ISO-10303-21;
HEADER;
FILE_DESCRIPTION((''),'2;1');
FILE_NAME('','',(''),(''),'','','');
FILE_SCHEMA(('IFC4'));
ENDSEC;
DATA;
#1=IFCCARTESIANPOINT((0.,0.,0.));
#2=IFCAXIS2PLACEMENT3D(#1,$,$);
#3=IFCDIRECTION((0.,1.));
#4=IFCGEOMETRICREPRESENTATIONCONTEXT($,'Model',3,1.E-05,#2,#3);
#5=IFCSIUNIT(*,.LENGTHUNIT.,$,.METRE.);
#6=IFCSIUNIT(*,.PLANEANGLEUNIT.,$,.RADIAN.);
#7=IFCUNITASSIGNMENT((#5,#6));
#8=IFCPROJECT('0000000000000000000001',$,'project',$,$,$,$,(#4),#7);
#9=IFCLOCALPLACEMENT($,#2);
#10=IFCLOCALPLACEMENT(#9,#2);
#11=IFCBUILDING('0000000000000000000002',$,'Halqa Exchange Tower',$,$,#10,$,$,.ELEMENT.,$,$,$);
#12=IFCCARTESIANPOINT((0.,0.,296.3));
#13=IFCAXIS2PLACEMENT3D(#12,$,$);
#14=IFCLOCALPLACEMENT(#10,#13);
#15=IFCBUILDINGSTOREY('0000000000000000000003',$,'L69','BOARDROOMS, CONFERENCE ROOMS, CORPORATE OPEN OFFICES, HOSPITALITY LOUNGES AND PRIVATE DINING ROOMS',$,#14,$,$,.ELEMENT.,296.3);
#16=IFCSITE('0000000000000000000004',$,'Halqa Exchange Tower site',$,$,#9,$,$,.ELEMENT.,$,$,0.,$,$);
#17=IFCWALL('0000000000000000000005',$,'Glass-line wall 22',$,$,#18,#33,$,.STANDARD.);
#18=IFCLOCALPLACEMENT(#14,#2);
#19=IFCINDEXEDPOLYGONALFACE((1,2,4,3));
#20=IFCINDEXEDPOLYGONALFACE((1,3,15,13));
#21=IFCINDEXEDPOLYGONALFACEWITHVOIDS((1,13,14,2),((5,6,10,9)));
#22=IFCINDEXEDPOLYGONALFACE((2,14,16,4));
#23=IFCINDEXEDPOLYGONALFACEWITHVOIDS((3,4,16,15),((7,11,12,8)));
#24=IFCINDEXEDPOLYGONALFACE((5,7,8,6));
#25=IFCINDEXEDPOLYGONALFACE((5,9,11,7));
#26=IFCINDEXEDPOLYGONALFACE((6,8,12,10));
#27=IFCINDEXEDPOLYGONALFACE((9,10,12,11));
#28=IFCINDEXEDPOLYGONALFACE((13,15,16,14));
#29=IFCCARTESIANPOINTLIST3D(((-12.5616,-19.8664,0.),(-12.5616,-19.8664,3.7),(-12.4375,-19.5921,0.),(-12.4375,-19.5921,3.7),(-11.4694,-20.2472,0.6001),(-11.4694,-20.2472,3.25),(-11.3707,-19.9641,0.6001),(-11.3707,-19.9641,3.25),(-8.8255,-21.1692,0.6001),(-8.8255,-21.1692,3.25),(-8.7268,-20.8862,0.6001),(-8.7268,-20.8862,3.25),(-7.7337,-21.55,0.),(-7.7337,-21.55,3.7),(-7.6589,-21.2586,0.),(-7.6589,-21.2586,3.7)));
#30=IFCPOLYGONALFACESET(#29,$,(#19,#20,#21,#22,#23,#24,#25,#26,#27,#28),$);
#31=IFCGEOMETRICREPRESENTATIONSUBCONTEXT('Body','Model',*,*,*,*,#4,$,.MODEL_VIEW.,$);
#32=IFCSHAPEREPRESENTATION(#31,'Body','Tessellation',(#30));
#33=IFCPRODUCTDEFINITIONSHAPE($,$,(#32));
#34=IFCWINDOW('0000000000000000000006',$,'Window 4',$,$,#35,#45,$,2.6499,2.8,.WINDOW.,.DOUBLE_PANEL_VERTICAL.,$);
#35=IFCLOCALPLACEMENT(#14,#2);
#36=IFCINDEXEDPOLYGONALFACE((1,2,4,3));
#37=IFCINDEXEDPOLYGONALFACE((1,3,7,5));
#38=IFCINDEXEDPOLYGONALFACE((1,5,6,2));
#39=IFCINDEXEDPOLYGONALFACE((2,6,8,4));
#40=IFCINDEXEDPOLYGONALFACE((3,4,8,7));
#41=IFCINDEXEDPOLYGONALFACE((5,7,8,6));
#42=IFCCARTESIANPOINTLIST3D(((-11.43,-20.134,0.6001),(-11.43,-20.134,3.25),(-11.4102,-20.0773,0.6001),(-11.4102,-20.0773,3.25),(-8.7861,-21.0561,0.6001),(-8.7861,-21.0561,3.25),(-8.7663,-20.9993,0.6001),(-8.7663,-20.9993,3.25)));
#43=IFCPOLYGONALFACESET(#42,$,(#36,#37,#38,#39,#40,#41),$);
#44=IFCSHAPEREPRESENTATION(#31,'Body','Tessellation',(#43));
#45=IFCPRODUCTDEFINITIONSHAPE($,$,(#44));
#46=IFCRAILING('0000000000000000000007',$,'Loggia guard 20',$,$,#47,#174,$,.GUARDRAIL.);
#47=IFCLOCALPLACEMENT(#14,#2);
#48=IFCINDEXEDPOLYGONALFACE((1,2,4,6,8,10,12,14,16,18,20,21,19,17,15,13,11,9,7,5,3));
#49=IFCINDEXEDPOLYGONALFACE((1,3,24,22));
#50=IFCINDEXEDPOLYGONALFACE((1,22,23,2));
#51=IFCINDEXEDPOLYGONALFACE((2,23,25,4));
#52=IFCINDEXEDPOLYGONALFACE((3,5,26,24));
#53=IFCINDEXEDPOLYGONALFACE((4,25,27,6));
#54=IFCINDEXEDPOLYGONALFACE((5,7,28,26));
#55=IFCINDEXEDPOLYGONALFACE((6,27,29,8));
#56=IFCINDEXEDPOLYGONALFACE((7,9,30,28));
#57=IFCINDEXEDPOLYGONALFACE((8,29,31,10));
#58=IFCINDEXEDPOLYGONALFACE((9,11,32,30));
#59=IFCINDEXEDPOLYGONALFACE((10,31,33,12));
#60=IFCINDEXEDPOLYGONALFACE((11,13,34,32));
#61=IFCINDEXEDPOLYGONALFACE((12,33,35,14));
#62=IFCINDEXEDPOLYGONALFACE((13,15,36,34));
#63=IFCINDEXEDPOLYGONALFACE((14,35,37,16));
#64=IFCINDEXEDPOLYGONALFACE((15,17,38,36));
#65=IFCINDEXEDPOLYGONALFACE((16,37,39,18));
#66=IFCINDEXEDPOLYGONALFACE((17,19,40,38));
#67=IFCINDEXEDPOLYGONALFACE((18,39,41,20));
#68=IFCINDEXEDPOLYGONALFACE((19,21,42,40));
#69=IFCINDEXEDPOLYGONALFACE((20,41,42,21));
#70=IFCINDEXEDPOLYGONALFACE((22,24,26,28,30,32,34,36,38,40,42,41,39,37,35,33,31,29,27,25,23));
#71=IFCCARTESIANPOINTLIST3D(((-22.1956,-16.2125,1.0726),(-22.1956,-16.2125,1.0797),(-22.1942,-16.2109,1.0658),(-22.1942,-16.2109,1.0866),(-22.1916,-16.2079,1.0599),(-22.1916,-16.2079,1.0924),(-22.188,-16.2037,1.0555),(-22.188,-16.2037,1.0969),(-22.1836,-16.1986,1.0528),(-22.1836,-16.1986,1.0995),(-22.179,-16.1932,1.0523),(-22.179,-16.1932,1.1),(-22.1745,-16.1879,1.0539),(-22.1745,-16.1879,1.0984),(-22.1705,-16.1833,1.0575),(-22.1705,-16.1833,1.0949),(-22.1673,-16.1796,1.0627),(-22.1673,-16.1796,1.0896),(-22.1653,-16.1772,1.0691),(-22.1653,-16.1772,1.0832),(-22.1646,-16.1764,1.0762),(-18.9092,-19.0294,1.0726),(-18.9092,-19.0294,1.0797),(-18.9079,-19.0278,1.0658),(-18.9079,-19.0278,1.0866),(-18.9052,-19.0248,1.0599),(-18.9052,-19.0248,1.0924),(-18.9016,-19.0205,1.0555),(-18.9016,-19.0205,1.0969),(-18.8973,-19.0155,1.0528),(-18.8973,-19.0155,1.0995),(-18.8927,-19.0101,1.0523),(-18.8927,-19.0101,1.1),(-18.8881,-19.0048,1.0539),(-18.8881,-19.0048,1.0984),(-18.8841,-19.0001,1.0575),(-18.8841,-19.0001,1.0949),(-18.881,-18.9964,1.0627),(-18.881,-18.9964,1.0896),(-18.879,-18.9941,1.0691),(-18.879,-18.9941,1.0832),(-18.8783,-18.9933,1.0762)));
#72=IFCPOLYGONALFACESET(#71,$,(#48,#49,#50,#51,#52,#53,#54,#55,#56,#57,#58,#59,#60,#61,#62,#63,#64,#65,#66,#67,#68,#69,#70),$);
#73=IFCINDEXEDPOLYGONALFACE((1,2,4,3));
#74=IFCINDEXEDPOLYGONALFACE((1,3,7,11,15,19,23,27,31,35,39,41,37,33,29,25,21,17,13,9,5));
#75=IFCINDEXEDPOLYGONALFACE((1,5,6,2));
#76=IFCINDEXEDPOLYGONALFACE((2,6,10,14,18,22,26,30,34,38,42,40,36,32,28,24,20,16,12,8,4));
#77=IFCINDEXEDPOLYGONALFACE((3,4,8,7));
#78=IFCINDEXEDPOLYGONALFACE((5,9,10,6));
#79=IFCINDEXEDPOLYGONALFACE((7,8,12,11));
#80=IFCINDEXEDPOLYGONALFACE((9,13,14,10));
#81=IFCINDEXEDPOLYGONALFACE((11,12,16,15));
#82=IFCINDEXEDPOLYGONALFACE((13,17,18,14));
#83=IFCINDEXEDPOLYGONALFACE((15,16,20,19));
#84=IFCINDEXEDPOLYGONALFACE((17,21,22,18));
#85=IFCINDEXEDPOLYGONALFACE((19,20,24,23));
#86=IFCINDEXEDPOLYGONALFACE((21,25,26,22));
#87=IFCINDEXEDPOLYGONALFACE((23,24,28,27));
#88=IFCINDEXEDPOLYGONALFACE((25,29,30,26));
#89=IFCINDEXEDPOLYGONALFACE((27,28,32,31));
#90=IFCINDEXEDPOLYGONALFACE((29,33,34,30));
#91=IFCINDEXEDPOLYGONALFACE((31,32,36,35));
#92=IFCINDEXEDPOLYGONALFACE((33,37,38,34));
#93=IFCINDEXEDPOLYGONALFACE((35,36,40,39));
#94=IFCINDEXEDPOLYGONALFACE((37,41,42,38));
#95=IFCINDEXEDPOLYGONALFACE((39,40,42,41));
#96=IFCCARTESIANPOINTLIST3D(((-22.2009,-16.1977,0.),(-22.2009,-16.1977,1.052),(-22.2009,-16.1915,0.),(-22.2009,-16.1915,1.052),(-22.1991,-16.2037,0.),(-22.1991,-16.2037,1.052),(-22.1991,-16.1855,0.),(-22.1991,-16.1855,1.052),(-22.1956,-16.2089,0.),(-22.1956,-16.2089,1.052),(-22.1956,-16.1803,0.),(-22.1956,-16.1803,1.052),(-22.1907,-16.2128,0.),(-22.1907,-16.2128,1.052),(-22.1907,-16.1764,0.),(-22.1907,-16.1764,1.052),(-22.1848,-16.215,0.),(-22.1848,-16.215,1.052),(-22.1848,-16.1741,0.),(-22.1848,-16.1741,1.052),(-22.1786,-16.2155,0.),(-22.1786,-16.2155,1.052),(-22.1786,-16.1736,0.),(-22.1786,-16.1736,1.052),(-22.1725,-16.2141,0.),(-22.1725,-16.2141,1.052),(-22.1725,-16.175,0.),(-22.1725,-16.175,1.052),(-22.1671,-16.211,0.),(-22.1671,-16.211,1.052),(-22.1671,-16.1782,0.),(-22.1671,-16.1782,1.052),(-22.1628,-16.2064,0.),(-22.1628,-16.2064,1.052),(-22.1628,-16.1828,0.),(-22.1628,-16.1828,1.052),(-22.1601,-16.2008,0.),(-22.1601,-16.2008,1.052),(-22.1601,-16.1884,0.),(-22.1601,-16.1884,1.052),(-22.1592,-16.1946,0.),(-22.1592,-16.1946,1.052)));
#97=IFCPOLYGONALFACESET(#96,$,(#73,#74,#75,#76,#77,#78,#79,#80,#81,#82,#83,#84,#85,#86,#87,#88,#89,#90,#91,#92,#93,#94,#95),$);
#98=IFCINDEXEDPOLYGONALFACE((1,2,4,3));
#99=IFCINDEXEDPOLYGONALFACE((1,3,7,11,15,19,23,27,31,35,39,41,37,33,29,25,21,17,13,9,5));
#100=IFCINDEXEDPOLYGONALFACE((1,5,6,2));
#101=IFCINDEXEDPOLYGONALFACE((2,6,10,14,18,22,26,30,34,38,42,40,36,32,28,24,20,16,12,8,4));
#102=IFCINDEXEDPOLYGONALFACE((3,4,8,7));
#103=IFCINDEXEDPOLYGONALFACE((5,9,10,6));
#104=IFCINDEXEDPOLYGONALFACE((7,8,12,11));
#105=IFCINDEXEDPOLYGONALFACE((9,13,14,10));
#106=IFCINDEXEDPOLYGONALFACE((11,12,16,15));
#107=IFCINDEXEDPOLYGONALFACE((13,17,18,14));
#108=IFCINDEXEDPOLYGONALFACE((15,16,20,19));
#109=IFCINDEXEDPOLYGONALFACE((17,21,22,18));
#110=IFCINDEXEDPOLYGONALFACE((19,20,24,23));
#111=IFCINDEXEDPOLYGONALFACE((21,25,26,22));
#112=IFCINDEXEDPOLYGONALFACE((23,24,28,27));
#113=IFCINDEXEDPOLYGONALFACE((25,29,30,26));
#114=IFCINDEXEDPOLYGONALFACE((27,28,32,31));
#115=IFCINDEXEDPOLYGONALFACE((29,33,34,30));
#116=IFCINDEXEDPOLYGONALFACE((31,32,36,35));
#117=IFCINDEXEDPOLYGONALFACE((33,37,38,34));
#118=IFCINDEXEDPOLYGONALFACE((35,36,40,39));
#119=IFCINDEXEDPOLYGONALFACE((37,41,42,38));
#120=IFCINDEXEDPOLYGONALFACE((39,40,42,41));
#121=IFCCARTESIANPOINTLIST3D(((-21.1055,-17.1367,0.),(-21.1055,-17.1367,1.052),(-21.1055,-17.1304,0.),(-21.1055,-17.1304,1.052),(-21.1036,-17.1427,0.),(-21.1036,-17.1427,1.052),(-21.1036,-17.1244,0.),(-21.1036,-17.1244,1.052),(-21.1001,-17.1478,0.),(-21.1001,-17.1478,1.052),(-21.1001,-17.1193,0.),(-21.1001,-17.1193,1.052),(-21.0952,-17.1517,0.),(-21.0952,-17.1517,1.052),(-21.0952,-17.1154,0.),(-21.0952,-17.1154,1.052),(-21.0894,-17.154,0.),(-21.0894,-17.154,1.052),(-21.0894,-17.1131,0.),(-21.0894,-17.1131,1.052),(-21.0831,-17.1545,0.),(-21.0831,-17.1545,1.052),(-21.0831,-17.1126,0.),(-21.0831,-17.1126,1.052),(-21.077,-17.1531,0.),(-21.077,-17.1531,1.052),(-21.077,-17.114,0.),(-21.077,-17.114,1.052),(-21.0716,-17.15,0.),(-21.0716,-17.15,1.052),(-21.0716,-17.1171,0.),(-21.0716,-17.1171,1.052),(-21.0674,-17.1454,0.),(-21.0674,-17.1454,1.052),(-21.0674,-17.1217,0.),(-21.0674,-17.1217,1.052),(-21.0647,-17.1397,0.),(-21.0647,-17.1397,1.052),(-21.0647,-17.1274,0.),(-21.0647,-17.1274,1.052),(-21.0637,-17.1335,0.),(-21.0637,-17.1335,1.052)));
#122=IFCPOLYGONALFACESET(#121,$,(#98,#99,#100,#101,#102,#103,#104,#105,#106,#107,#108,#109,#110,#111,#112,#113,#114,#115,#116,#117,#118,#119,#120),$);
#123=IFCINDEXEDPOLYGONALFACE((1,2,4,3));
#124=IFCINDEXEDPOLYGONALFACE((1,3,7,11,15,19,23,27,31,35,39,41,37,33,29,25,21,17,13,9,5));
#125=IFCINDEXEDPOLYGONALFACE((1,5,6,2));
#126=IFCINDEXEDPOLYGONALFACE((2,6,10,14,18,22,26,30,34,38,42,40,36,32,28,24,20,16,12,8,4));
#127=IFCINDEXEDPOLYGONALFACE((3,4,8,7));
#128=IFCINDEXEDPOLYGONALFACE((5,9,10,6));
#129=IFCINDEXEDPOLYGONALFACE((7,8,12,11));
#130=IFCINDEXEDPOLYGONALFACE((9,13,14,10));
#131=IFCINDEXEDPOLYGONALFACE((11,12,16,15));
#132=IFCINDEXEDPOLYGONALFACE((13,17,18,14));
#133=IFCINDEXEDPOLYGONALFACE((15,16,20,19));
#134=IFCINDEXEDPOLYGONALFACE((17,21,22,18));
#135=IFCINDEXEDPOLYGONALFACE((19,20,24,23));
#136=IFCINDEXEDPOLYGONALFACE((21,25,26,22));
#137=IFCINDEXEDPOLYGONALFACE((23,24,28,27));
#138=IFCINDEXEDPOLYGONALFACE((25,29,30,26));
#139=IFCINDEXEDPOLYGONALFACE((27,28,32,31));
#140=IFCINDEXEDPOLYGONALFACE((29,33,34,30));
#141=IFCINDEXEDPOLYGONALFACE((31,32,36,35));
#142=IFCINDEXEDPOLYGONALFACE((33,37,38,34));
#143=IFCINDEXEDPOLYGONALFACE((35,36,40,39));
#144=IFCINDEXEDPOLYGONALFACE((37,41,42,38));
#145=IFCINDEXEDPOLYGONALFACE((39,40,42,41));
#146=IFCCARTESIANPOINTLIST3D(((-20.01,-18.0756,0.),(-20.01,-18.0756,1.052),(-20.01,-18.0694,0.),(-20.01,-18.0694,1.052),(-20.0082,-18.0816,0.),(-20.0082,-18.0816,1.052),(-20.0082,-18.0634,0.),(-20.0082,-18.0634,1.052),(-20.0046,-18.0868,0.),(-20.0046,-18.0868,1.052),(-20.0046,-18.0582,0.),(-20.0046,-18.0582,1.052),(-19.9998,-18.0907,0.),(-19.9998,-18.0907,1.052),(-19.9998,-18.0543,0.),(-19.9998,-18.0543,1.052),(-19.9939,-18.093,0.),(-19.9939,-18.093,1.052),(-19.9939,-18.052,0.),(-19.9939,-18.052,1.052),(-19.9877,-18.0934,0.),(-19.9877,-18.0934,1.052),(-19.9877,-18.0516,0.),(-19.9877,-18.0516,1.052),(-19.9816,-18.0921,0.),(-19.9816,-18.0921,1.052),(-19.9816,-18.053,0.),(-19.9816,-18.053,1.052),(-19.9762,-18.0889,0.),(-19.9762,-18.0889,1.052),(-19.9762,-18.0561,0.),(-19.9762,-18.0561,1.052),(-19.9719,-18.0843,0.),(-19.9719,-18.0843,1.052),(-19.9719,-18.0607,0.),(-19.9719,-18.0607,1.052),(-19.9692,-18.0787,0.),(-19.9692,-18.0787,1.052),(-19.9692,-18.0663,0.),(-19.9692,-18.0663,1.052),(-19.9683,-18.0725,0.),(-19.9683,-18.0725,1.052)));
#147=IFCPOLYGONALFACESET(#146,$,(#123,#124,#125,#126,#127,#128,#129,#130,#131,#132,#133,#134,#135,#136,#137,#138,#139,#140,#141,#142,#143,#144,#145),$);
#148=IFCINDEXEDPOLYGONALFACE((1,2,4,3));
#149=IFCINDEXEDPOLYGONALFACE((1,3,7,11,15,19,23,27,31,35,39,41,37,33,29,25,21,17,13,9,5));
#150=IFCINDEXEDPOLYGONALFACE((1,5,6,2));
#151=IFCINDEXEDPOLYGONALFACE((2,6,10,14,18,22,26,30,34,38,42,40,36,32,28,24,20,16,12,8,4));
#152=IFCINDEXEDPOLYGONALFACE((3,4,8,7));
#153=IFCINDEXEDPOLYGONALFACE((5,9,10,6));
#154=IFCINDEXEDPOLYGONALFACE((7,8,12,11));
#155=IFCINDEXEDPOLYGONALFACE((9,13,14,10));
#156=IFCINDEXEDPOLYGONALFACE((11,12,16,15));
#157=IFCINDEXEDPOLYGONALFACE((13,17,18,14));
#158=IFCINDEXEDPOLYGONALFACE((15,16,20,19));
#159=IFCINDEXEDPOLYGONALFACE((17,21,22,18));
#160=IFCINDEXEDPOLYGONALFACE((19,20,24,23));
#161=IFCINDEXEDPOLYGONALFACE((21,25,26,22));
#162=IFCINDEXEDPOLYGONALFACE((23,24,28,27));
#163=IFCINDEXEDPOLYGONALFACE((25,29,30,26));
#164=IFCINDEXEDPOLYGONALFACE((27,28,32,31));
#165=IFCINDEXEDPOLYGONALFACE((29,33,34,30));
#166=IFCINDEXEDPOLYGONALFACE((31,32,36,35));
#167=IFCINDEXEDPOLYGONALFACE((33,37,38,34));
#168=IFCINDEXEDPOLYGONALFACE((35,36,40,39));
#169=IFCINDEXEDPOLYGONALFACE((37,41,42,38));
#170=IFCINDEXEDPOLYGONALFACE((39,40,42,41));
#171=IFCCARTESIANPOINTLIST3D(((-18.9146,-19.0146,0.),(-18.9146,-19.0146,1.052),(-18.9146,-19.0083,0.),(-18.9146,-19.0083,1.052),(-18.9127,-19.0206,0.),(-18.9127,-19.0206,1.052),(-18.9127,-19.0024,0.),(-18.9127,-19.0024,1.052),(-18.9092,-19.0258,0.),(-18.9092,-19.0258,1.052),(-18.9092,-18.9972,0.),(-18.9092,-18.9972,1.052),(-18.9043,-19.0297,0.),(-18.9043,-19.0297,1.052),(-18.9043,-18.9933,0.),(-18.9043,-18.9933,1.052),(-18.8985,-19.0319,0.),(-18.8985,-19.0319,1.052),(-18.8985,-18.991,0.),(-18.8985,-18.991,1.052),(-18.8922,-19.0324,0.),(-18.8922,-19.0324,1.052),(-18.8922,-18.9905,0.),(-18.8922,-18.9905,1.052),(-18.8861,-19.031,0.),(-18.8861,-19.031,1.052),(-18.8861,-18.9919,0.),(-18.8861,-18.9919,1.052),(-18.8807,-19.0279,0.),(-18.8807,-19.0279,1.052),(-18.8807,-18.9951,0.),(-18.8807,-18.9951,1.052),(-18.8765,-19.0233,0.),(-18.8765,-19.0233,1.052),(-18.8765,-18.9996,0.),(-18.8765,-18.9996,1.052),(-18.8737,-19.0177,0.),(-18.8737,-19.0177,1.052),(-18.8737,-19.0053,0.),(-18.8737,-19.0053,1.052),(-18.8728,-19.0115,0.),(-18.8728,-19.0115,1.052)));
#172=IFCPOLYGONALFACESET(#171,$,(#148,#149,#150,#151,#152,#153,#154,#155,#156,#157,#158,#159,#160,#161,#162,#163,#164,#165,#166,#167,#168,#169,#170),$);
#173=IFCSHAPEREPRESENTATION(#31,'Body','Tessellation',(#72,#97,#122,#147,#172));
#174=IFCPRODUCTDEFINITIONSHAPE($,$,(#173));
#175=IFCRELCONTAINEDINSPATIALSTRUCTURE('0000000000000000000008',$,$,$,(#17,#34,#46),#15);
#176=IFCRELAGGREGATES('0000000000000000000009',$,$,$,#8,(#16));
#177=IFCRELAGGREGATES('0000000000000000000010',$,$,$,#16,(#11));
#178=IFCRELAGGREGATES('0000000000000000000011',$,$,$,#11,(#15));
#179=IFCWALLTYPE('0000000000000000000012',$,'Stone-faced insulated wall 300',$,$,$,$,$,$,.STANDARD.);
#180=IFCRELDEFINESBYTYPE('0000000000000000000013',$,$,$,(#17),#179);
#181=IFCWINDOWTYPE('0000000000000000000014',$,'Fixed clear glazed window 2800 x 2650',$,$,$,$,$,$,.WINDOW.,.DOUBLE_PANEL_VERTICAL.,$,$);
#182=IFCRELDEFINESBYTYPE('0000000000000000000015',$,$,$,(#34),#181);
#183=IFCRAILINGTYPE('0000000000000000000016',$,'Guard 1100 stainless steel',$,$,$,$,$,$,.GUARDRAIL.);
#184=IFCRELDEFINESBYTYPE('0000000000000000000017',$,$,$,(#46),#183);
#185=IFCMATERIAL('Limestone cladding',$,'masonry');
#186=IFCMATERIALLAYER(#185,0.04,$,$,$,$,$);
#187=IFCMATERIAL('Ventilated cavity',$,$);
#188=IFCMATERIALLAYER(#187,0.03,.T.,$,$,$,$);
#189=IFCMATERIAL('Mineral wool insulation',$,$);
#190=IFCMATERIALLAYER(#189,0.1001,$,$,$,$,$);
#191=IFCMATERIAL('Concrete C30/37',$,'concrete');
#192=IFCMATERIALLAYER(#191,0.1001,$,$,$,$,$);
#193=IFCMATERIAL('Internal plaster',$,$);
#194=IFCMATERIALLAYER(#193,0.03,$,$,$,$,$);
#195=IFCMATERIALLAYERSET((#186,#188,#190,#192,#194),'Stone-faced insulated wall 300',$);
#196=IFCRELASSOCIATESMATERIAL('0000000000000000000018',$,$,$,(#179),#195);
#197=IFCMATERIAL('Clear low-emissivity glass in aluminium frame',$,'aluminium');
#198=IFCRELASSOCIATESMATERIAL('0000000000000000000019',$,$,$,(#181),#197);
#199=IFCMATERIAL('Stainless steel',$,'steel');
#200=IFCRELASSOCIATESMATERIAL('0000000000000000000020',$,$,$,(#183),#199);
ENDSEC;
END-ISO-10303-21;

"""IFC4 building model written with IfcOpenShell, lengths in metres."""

from ifc_helpers import new_model, si_unit, direction, frame, frame_2d, origin, origin_2d, place, context, subcontext, project, spatial, polyline, rectangle, circle, outline, extrude, material, layer, layer_set, type_object, element, fill, save


model = new_model("IFC4")

# Units and contexts
model_context = context("Model", 3, precision=1e-05, world=origin(), true_north=direction((0.0, 1.0)))
body_context = subcontext(model_context, "Body", "Model", "MODEL_VIEW")
ifc_project = project(units=[si_unit("LENGTHUNIT", "METRE"), si_unit("PLANEANGLEUNIT", "RADIAN")], contexts=[model_context])

# Site, building, storey
site_placement = place(None, origin())
site = spatial("IfcSite", under=ifc_project, at=site_placement, Name="Halqa Exchange Tower site", CompositionType="ELEMENT", RefElevation=0.0)
building_placement = place(site_placement, origin())
building = spatial("IfcBuilding", under=site, at=building_placement, Name="Halqa Exchange Tower", CompositionType="ELEMENT")
storey_placement = place(building_placement, frame((0.0, 0.0, 296.3)))
storey = spatial("IfcBuildingStorey", under=building, at=storey_placement, Name="L69", Description="BOARDROOMS, CONFERENCE ROOMS, CORPORATE OPEN OFFICES, HOSPITALITY LOUNGES AND PRIVATE DINING ROOMS", CompositionType="ELEMENT", Elevation=296.3)

# Shared definitions
ifc_material_1 = material(Name="Limestone cladding", Category="masonry")
ifc_layer_1 = layer(ifc_material_1, 0.04)
ifc_material_2 = material(Name="Ventilated cavity")
ifc_layer_2 = layer(ifc_material_2, 0.03, ventilated=True)
ifc_material_3 = material(Name="Mineral wool insulation")
ifc_layer_3 = layer(ifc_material_3, 0.1001)
ifc_material_4 = material(Name="Concrete C30/37", Category="concrete")
ifc_layer_4 = layer(ifc_material_4, 0.1001)
ifc_material_5 = material(Name="Internal plaster")
ifc_layer_5 = layer(ifc_material_5, 0.03)
ifc_layer_set_1 = layer_set([ifc_layer_1, ifc_layer_2, ifc_layer_3, ifc_layer_4, ifc_layer_5], Name="Stone-faced insulated wall 300")
wall_type_1 = type_object("IfcWallType", Name="Stone-faced insulated wall 300", PredefinedType="STANDARD", material=ifc_layer_set_1)
ifc_material_6 = material(Name="Clear low-emissivity glass in aluminium frame", Category="aluminium")

# Wall, opening, window
window_type = type_object("IfcWindowType", Name="Fixed clear glazed window 2800 x 2650", PartitioningType="DOUBLE_PANEL_VERTICAL", PredefinedType="WINDOW", material=ifc_material_6)
wall_1_placement = place(storey_placement, frame((-12.4995, -19.7292, 0.0), z_axis=(0.0, 0.0, 1.0), x_axis=(0.94423, -0.329286, 0.0)))
wall_1 = element("IfcWall", 1, at=wall_1_placement, inside=storey, type_object=wall_type_1, Name="Glass-line wall 22", PredefinedType="STANDARD", context=body_context, shape_type="SweptSolid", body=[
    extrude(outline(polyline([(-0.0134, -0.1499), (5.0996, -0.1499), (5.0742, 0.1499), (0.0134, 0.1499), (-0.0134, -0.1499)])), origin(), (0.0, 0.0, 1.0), 3.7),
])
opening_1_placement = place(wall_1_placement, frame((1.1433, 0.0, 0.6001)))
opening_1 = element("IfcOpeningElement", 2, at=opening_1_placement, cuts=wall_1, PredefinedType="OPENING", context=body_context, shape_type="SweptSolid", body=[
    extrude(rectangle(XDim=2.8, YDim=2.6499, at=frame_2d((1.3999, 1.325))), frame((0.0, 0.1621, 0.0), z_axis=(0.0, -1.0, 0.0), x_axis=(1.0, 0.0, 0.0)), (0.0, 0.0, 1.0), 0.324),
])
window_1_placement = place(opening_1_placement, origin())
window_1 = element("IfcWindow", 3, at=window_1_placement, inside=storey, type_object=window_type, Name="Window 4", OverallHeight=2.6499, OverallWidth=2.8, PartitioningType="DOUBLE_PANEL_VERTICAL", PredefinedType="WINDOW", context=body_context, shape_type="SweptSolid", body=[
    extrude(rectangle(XDim=2.8, YDim=2.6499, at=frame_2d((1.3999, 1.325))), frame((0.0, 0.03, 0.0), z_axis=(0.0, -1.0, 0.0), x_axis=(1.0, 0.0, 0.0)), (0.0, 0.0, 1.0), 0.0601),
])
fill(opening_1, window_1)

# Railing
ifc_material_7 = material(Name="Stainless steel", Category="steel")
railing_type = type_object("IfcRailingType", Name="Guard 1100 stainless steel", PredefinedType="GUARDRAIL", material=ifc_material_7)
railing_1_placement = place(storey_placement, frame((-22.1802, -16.1946, 0.0)))
element("IfcRailing", 4, at=railing_1_placement, inside=storey, type_object=railing_type, Name="Loggia guard 20", PredefinedType="GUARDRAIL", context=body_context, shape_type="SweptSolid", body=[
    extrude(circle(Radius=0.0239, at=origin_2d()), frame((0.0, 0.0, 1.0762), z_axis=(0.759257, -0.650791, 0.0), x_axis=(0.650791, 0.759257, 0.0)), (0.0, 0.0, 1.0), 4.3284),
    extrude(circle(Radius=0.021, at=origin_2d()), origin(), (0.0, 0.0, 1.0), 1.052),
    extrude(circle(Radius=0.021, at=origin_2d()), frame((1.0955, -0.939, 0.0)), (0.0, 0.0, 1.0), 1.052),
    extrude(circle(Radius=0.021, at=origin_2d()), frame((2.1909, -1.8779, 0.0)), (0.0, 0.0, 1.0), 1.052),
    extrude(circle(Radius=0.021, at=origin_2d()), frame((3.2864, -2.8169, 0.0)), (0.0, 0.0, 1.0), 1.052),
])

save(model, "model.ifc")
